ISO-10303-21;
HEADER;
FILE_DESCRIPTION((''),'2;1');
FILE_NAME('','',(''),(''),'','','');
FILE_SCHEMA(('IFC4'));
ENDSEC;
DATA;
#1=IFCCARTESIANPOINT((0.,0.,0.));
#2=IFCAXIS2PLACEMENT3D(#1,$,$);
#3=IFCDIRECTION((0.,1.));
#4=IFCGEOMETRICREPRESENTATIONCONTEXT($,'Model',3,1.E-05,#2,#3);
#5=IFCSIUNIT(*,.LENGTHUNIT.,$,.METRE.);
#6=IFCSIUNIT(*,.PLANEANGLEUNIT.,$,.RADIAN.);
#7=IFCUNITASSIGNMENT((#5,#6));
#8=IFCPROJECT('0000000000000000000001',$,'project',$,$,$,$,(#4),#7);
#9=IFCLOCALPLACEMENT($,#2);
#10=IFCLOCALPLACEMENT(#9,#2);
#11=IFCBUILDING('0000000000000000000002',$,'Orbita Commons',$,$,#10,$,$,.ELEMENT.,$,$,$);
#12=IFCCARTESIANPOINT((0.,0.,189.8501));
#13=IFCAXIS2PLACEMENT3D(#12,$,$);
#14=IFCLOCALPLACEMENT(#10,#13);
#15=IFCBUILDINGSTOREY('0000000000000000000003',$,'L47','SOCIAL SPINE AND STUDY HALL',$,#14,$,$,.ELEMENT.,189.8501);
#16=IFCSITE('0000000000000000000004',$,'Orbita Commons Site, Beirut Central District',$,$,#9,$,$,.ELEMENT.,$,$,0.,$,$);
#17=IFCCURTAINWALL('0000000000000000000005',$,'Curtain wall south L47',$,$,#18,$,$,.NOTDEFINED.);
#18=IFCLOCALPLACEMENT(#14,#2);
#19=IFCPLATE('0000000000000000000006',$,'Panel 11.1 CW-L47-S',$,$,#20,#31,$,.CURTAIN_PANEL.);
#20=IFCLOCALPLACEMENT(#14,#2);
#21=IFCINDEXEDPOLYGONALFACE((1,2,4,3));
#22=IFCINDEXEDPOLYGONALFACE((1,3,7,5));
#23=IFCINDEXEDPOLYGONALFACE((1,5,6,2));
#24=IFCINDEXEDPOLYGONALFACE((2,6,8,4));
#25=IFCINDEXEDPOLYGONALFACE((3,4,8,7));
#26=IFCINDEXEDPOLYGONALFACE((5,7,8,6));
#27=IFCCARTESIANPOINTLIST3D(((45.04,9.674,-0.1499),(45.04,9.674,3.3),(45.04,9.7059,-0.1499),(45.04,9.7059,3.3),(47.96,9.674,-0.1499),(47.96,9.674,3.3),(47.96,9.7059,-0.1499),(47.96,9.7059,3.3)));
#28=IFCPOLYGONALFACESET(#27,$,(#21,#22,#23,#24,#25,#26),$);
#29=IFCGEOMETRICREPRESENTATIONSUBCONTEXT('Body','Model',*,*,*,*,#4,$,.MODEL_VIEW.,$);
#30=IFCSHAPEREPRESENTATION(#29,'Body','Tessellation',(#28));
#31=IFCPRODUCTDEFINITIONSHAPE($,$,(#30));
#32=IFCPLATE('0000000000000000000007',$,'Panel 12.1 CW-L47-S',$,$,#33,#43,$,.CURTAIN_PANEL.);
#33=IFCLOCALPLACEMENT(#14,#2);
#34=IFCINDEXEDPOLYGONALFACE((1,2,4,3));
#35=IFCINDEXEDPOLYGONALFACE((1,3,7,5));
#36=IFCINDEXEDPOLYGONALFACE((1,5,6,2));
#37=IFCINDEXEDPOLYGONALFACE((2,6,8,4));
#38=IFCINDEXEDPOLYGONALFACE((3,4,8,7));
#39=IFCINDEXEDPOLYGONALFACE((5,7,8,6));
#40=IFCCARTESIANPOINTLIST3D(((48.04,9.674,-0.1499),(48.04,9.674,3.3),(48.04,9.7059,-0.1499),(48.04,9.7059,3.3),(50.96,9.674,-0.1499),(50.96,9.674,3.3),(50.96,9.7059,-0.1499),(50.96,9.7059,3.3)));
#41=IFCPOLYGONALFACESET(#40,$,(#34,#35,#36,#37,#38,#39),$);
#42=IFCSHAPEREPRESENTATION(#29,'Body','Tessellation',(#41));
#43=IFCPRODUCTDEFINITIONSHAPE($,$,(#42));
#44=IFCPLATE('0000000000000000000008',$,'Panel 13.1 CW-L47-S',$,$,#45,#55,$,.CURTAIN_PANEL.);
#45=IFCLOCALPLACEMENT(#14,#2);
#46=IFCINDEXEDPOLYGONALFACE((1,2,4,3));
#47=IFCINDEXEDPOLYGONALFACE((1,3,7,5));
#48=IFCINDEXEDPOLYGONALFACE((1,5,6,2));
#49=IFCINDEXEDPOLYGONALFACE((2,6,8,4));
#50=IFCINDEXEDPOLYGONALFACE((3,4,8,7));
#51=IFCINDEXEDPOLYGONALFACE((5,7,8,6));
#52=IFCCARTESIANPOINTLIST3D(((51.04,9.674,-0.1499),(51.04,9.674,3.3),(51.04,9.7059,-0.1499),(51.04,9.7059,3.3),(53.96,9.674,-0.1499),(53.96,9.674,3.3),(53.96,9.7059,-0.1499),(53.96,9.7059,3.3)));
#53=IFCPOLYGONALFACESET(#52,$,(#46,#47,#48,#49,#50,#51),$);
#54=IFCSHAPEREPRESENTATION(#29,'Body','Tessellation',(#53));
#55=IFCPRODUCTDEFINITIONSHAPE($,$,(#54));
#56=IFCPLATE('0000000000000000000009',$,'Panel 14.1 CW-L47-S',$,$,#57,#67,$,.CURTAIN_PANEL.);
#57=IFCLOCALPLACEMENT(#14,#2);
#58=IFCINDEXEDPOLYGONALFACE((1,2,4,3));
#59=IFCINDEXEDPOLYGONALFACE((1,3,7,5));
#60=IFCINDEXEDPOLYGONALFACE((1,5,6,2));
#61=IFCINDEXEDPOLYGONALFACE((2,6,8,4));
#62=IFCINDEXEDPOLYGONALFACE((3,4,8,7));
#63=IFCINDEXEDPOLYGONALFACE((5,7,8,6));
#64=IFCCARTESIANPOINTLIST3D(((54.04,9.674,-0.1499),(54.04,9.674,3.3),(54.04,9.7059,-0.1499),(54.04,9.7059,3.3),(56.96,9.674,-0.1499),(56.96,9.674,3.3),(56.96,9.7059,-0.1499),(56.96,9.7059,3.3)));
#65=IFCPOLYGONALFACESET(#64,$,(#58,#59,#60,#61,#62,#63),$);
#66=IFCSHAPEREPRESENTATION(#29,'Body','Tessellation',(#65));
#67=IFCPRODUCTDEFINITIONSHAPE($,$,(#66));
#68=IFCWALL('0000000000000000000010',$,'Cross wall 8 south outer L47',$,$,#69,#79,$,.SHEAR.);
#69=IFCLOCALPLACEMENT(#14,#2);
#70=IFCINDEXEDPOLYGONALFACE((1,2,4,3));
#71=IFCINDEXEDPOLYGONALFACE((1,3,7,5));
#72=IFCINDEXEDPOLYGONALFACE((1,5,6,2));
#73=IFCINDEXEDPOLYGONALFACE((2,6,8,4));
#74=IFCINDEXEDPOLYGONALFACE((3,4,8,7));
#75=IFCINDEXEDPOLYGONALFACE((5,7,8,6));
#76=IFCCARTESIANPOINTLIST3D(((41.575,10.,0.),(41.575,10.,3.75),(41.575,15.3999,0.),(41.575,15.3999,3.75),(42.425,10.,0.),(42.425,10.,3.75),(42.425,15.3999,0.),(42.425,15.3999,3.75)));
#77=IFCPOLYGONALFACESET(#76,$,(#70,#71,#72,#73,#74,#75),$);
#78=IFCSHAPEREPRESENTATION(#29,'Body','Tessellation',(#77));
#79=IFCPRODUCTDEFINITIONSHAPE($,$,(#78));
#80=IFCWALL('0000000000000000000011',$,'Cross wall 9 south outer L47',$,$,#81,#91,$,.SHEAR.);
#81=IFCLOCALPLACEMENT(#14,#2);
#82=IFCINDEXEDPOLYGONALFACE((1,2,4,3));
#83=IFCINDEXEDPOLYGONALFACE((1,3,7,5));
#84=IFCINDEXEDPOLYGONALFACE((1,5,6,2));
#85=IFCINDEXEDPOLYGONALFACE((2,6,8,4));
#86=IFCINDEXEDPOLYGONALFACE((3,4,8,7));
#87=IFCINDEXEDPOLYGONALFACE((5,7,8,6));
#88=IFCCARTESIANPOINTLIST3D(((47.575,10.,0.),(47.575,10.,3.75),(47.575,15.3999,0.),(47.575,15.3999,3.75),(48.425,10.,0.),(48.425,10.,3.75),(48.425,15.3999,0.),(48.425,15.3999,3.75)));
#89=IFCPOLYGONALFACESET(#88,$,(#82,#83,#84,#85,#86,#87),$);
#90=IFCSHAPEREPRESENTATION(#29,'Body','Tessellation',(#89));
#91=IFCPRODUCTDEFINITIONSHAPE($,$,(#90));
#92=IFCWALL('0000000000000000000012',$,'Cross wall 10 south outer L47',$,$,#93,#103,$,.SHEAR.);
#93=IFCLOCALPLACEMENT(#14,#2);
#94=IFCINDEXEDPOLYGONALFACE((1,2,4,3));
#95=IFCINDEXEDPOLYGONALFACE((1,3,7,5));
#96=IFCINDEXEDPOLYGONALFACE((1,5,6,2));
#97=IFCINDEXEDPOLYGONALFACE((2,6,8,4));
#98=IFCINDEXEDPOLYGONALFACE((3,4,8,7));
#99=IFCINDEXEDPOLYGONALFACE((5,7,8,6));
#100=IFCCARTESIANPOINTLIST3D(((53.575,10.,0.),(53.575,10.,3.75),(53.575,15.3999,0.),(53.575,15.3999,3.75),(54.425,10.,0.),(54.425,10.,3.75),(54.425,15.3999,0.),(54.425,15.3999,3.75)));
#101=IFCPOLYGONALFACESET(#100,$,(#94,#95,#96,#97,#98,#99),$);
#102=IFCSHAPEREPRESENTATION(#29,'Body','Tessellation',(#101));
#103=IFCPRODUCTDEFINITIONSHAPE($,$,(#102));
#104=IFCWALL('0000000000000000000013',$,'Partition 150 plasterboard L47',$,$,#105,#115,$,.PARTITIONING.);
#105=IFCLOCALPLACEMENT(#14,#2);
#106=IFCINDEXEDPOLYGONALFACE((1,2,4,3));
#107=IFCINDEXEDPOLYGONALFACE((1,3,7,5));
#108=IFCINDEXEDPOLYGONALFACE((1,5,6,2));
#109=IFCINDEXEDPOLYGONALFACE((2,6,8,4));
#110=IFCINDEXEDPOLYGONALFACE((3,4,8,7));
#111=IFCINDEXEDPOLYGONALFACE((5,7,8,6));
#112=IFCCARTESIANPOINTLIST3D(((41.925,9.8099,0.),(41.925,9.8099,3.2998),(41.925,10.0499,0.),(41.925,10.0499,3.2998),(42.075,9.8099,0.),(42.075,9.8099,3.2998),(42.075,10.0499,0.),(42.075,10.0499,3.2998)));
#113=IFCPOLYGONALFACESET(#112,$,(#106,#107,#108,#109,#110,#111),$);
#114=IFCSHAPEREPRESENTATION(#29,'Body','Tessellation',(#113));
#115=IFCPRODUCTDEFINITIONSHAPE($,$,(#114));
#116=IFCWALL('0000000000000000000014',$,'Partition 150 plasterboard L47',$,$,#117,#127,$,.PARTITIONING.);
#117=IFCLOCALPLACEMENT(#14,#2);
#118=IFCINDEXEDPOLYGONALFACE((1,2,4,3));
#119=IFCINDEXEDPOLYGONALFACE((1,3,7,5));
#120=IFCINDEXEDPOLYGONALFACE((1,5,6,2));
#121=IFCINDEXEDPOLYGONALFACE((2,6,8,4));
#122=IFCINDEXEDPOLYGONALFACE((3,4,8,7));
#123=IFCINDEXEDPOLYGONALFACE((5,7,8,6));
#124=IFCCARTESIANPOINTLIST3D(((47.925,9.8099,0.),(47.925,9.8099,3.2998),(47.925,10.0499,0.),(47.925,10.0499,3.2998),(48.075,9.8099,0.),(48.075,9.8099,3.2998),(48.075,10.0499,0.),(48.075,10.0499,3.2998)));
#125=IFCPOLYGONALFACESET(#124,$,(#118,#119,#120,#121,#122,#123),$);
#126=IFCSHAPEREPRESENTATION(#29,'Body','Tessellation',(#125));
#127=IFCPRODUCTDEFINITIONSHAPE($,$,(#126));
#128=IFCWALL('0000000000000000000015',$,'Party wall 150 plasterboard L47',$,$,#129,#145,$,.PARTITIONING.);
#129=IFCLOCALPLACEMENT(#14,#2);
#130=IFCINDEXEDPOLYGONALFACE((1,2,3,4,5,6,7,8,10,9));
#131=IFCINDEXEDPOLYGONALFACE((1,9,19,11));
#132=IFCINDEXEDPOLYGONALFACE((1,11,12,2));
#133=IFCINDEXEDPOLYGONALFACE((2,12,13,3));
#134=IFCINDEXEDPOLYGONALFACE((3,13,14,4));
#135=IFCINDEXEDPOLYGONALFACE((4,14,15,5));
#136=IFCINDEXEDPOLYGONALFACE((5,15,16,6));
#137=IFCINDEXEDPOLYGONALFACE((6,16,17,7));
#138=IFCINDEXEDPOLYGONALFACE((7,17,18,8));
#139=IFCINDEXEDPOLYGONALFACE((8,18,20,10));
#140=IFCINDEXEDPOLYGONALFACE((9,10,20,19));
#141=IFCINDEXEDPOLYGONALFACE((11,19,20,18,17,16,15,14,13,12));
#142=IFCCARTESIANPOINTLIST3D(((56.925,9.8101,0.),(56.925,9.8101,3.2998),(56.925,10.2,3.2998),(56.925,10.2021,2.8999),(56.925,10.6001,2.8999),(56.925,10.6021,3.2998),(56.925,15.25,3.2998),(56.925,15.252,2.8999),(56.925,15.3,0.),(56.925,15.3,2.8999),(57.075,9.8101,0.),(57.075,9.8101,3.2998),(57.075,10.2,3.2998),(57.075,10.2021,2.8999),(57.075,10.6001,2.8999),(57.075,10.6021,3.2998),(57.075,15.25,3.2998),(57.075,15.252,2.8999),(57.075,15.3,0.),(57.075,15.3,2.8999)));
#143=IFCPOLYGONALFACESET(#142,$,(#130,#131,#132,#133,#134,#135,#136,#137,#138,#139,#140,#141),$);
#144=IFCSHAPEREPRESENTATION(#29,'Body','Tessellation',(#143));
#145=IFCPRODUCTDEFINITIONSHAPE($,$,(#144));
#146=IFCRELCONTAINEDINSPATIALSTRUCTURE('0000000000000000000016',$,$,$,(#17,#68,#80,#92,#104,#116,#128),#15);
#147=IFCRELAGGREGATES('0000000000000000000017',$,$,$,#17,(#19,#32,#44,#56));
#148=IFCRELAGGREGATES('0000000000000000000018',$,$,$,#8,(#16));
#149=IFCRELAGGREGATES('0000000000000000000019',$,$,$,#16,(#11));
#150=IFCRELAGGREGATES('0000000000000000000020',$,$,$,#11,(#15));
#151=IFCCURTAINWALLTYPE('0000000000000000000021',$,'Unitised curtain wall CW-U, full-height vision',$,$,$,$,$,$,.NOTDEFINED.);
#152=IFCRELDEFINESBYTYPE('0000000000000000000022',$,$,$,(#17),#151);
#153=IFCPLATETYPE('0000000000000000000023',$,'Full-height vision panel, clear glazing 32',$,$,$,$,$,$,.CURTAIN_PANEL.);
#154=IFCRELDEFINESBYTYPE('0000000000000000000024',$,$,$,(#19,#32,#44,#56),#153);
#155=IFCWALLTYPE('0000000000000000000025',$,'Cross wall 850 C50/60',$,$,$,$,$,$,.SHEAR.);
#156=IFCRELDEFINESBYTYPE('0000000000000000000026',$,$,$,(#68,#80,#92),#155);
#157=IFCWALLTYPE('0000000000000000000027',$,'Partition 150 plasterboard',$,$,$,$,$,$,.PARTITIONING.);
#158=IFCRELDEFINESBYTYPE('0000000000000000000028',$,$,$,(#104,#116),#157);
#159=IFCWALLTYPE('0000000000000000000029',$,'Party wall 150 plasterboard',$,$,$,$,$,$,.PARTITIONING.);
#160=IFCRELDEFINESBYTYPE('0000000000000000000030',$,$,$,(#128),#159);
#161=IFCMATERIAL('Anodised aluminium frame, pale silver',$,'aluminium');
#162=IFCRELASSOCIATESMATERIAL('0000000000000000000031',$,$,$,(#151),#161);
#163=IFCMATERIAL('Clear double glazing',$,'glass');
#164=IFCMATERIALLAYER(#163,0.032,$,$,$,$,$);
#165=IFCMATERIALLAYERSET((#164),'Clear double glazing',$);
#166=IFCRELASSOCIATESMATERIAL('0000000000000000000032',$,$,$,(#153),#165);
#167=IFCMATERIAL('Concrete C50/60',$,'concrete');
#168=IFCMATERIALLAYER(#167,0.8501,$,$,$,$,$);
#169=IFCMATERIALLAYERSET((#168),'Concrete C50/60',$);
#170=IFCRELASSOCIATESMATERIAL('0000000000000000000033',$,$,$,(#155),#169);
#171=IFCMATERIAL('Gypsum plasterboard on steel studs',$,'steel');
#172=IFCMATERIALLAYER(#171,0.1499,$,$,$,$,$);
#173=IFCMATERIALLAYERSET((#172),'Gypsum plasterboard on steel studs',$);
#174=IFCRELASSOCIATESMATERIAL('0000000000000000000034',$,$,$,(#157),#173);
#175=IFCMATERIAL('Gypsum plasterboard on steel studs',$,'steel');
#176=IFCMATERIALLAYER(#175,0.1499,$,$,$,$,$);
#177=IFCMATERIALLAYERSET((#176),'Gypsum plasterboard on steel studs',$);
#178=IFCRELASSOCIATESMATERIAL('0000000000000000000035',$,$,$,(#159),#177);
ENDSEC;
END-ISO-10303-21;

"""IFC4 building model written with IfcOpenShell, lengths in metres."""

from ifc_helpers import new_model, si_unit, direction, frame, frame_2d, origin, origin_2d, place, context, subcontext, project, spatial, polyline, rectangle, outline, extrude, material, layer, layer_set, type_object, element, aggregate, save


model = new_model("IFC4")

# Units and contexts
model_context = context("Model", 3, precision=1e-05, world=origin(), true_north=direction((0.0, 1.0)))
body_context = subcontext(model_context, "Body", "Model", "MODEL_VIEW")
ifc_project = project(units=[si_unit("LENGTHUNIT", "METRE"), si_unit("PLANEANGLEUNIT", "RADIAN")], contexts=[model_context])

# Site, building, storey
site_placement = place(None, origin())
site = spatial("IfcSite", under=ifc_project, at=site_placement, Name="Orbita Commons Site, Beirut Central District", CompositionType="ELEMENT", RefElevation=0.0)
building_placement = place(site_placement, origin())
building = spatial("IfcBuilding", under=site, at=building_placement, Name="Orbita Commons", CompositionType="ELEMENT")
storey_placement = place(building_placement, frame((0.0, 0.0, 189.8501)))
storey = spatial("IfcBuildingStorey", under=building, at=storey_placement, Name="L47", Description="SOCIAL SPINE AND STUDY HALL", CompositionType="ELEMENT", Elevation=189.8501)

# Curtain wall, plates
ifc_material_1 = material(Name="Anodised aluminium frame, pale silver", Category="aluminium")
curtain_wall_type = type_object("IfcCurtainWallType", Name="Unitised curtain wall CW-U, full-height vision", PredefinedType="NOTDEFINED", material=ifc_material_1)
curtain_wall_placement = place(storey_placement, origin())
curtain_wall = element("IfcCurtainWall", 1, at=curtain_wall_placement, inside=storey, type_object=curtain_wall_type, Name="Curtain wall south L47", PredefinedType="NOTDEFINED")
ifc_material_2 = material(Name="Clear double glazing", Category="glass")
ifc_layer_1 = layer(ifc_material_2, 0.032)
ifc_layer_set_1 = layer_set([ifc_layer_1], Name="Clear double glazing")
plate_type = type_object("IfcPlateType", Name="Full-height vision panel, clear glazing 32", PredefinedType="CURTAIN_PANEL", material=ifc_layer_set_1)
plate_1_placement = place(storey_placement, frame((46.5, 9.6899, -0.1499), z_axis=(0.0, 0.0, 1.0), x_axis=(1.0, 0.0, 0.0)))
plate_1 = element("IfcPlate", 2, at=plate_1_placement, type_object=plate_type, Name="Panel 11.1 CW-L47-S", PredefinedType="CURTAIN_PANEL", context=body_context, shape_type="SweptSolid", body=[
    extrude(rectangle(XDim=2.9199, YDim=0.032, at=origin_2d()), origin(), (0.0, 0.0, 1.0), 3.45),
])
plate_2_placement = place(storey_placement, frame((49.5, 9.6899, -0.1499), z_axis=(0.0, 0.0, 1.0), x_axis=(1.0, 0.0, 0.0)))
plate_2 = element("IfcPlate", 3, at=plate_2_placement, type_object=plate_type, Name="Panel 12.1 CW-L47-S", PredefinedType="CURTAIN_PANEL", context=body_context, shape_type="SweptSolid", body=[
    extrude(rectangle(XDim=2.9199, YDim=0.032, at=origin_2d()), origin(), (0.0, 0.0, 1.0), 3.45),
])
plate_3_placement = place(storey_placement, frame((52.5, 9.6899, -0.1499), z_axis=(0.0, 0.0, 1.0), x_axis=(1.0, 0.0, 0.0)))
plate_3 = element("IfcPlate", 4, at=plate_3_placement, type_object=plate_type, Name="Panel 13.1 CW-L47-S", PredefinedType="CURTAIN_PANEL", context=body_context, shape_type="SweptSolid", body=[
    extrude(rectangle(XDim=2.9199, YDim=0.032, at=origin_2d()), origin(), (0.0, 0.0, 1.0), 3.45),
])
plate_4_placement = place(storey_placement, frame((55.5, 9.6899, -0.1499), z_axis=(0.0, 0.0, 1.0), x_axis=(1.0, 0.0, 0.0)))
plate_4 = element("IfcPlate", 5, at=plate_4_placement, type_object=plate_type, Name="Panel 14.1 CW-L47-S", PredefinedType="CURTAIN_PANEL", context=body_context, shape_type="SweptSolid", body=[
    extrude(rectangle(XDim=2.9199, YDim=0.032, at=origin_2d()), origin(), (0.0, 0.0, 1.0), 3.45),
])
aggregate(curtain_wall, [plate_1, plate_2, plate_3, plate_4])

# Walls
ifc_material_3 = material(Name="Concrete C50/60", Category="concrete")
ifc_layer_2 = layer(ifc_material_3, 0.8501)
ifc_layer_set_2 = layer_set([ifc_layer_2], Name="Concrete C50/60")
wall_type_1 = type_object("IfcWallType", Name="Cross wall 850 C50/60", PredefinedType="SHEAR", material=ifc_layer_set_2)
for number, where, z_axis, x_axis, name in (
    (6, (42.0, 10.0, 0.0), (0.0, 0.0, 1.0), (0.0, 1.0, 0.0), "Cross wall 8 south outer L47"),
    (7, (48.0, 10.0, 0.0), (0.0, 0.0, 1.0), (0.0, 1.0, 0.0), "Cross wall 9 south outer L47"),
    (8, (54.0, 10.0, 0.0), (0.0, 0.0, 1.0), (0.0, 1.0, 0.0), "Cross wall 10 south outer L47"),
):
    element("IfcWall", number, at=place(storey_placement, frame(where, z_axis=z_axis, x_axis=x_axis)), inside=storey, type_object=wall_type_1, Name=name, PredefinedType="SHEAR", context=body_context, shape_type="SweptSolid", body=[
        extrude(rectangle(XDim=5.3999, YDim=0.8501, at=frame_2d((2.7, 0.0))), origin(), (0.0, 0.0, 1.0), 3.75),
    ])
ifc_material_4 = material(Name="Gypsum plasterboard on steel studs", Category="steel")
ifc_layer_3 = layer(ifc_material_4, 0.1499)
ifc_layer_set_3 = layer_set([ifc_layer_3], Name="Gypsum plasterboard on steel studs")
wall_type_2 = type_object("IfcWallType", Name="Partition 150 plasterboard", PredefinedType="PARTITIONING", material=ifc_layer_set_3)
for number, where, z_axis, x_axis, name in (
    (9, (42.0, 10.05, 0.0), (0.0, 0.0, 1.0), (0.0, -1.0, 0.0), "Partition 150 plasterboard L47"),
    (10, (48.0, 10.05, 0.0), (0.0, 0.0, 1.0), (0.0, -1.0, 0.0), "Partition 150 plasterboard L47"),
):
    element("IfcWall", number, at=place(storey_placement, frame(where, z_axis=z_axis, x_axis=x_axis)), inside=storey, type_object=wall_type_2, Name=name, PredefinedType="PARTITIONING", context=body_context, shape_type="SweptSolid", body=[
        extrude(rectangle(XDim=0.24, YDim=0.1499, at=frame_2d((0.1201, 0.0))), origin(), (0.0, 0.0, 1.0), 3.2998),
    ])
ifc_material_5 = material(Name="Gypsum plasterboard on steel studs", Category="steel")
ifc_layer_4 = layer(ifc_material_5, 0.1499)
ifc_layer_set_4 = layer_set([ifc_layer_4], Name="Gypsum plasterboard on steel studs")
wall_type_3 = type_object("IfcWallType", Name="Party wall 150 plasterboard", PredefinedType="PARTITIONING", material=ifc_layer_set_4)
wall_placement = place(storey_placement, frame((57.0, 9.8101, 0.0), z_axis=(0.0, 0.0, 1.0), x_axis=(0.0, 1.0, 0.0)))
element("IfcWall", 11, at=wall_placement, inside=storey, type_object=wall_type_3, Name="Party wall 150 plasterboard L47", PredefinedType="PARTITIONING", context=body_context, shape_type="SweptSolid", body=[
    extrude(outline(polyline([(0.0, 0.0), (5.49, 0.0), (5.49, 2.8999), (5.4419, 2.8999), (5.4399, 3.2998), (0.792, 3.2998), (0.79, 2.8999), (0.3921, 2.8999), (0.3899, 3.2998), (0.0, 3.2998), (0.0, 0.0)])), frame((0.0, 0.075, 0.0), z_axis=(0.0, -1.0, 0.0), x_axis=(1.0, 0.0, 0.0)), (0.0, 0.0, 1.0), 0.1499),
])

save(model, "model.ifc")
